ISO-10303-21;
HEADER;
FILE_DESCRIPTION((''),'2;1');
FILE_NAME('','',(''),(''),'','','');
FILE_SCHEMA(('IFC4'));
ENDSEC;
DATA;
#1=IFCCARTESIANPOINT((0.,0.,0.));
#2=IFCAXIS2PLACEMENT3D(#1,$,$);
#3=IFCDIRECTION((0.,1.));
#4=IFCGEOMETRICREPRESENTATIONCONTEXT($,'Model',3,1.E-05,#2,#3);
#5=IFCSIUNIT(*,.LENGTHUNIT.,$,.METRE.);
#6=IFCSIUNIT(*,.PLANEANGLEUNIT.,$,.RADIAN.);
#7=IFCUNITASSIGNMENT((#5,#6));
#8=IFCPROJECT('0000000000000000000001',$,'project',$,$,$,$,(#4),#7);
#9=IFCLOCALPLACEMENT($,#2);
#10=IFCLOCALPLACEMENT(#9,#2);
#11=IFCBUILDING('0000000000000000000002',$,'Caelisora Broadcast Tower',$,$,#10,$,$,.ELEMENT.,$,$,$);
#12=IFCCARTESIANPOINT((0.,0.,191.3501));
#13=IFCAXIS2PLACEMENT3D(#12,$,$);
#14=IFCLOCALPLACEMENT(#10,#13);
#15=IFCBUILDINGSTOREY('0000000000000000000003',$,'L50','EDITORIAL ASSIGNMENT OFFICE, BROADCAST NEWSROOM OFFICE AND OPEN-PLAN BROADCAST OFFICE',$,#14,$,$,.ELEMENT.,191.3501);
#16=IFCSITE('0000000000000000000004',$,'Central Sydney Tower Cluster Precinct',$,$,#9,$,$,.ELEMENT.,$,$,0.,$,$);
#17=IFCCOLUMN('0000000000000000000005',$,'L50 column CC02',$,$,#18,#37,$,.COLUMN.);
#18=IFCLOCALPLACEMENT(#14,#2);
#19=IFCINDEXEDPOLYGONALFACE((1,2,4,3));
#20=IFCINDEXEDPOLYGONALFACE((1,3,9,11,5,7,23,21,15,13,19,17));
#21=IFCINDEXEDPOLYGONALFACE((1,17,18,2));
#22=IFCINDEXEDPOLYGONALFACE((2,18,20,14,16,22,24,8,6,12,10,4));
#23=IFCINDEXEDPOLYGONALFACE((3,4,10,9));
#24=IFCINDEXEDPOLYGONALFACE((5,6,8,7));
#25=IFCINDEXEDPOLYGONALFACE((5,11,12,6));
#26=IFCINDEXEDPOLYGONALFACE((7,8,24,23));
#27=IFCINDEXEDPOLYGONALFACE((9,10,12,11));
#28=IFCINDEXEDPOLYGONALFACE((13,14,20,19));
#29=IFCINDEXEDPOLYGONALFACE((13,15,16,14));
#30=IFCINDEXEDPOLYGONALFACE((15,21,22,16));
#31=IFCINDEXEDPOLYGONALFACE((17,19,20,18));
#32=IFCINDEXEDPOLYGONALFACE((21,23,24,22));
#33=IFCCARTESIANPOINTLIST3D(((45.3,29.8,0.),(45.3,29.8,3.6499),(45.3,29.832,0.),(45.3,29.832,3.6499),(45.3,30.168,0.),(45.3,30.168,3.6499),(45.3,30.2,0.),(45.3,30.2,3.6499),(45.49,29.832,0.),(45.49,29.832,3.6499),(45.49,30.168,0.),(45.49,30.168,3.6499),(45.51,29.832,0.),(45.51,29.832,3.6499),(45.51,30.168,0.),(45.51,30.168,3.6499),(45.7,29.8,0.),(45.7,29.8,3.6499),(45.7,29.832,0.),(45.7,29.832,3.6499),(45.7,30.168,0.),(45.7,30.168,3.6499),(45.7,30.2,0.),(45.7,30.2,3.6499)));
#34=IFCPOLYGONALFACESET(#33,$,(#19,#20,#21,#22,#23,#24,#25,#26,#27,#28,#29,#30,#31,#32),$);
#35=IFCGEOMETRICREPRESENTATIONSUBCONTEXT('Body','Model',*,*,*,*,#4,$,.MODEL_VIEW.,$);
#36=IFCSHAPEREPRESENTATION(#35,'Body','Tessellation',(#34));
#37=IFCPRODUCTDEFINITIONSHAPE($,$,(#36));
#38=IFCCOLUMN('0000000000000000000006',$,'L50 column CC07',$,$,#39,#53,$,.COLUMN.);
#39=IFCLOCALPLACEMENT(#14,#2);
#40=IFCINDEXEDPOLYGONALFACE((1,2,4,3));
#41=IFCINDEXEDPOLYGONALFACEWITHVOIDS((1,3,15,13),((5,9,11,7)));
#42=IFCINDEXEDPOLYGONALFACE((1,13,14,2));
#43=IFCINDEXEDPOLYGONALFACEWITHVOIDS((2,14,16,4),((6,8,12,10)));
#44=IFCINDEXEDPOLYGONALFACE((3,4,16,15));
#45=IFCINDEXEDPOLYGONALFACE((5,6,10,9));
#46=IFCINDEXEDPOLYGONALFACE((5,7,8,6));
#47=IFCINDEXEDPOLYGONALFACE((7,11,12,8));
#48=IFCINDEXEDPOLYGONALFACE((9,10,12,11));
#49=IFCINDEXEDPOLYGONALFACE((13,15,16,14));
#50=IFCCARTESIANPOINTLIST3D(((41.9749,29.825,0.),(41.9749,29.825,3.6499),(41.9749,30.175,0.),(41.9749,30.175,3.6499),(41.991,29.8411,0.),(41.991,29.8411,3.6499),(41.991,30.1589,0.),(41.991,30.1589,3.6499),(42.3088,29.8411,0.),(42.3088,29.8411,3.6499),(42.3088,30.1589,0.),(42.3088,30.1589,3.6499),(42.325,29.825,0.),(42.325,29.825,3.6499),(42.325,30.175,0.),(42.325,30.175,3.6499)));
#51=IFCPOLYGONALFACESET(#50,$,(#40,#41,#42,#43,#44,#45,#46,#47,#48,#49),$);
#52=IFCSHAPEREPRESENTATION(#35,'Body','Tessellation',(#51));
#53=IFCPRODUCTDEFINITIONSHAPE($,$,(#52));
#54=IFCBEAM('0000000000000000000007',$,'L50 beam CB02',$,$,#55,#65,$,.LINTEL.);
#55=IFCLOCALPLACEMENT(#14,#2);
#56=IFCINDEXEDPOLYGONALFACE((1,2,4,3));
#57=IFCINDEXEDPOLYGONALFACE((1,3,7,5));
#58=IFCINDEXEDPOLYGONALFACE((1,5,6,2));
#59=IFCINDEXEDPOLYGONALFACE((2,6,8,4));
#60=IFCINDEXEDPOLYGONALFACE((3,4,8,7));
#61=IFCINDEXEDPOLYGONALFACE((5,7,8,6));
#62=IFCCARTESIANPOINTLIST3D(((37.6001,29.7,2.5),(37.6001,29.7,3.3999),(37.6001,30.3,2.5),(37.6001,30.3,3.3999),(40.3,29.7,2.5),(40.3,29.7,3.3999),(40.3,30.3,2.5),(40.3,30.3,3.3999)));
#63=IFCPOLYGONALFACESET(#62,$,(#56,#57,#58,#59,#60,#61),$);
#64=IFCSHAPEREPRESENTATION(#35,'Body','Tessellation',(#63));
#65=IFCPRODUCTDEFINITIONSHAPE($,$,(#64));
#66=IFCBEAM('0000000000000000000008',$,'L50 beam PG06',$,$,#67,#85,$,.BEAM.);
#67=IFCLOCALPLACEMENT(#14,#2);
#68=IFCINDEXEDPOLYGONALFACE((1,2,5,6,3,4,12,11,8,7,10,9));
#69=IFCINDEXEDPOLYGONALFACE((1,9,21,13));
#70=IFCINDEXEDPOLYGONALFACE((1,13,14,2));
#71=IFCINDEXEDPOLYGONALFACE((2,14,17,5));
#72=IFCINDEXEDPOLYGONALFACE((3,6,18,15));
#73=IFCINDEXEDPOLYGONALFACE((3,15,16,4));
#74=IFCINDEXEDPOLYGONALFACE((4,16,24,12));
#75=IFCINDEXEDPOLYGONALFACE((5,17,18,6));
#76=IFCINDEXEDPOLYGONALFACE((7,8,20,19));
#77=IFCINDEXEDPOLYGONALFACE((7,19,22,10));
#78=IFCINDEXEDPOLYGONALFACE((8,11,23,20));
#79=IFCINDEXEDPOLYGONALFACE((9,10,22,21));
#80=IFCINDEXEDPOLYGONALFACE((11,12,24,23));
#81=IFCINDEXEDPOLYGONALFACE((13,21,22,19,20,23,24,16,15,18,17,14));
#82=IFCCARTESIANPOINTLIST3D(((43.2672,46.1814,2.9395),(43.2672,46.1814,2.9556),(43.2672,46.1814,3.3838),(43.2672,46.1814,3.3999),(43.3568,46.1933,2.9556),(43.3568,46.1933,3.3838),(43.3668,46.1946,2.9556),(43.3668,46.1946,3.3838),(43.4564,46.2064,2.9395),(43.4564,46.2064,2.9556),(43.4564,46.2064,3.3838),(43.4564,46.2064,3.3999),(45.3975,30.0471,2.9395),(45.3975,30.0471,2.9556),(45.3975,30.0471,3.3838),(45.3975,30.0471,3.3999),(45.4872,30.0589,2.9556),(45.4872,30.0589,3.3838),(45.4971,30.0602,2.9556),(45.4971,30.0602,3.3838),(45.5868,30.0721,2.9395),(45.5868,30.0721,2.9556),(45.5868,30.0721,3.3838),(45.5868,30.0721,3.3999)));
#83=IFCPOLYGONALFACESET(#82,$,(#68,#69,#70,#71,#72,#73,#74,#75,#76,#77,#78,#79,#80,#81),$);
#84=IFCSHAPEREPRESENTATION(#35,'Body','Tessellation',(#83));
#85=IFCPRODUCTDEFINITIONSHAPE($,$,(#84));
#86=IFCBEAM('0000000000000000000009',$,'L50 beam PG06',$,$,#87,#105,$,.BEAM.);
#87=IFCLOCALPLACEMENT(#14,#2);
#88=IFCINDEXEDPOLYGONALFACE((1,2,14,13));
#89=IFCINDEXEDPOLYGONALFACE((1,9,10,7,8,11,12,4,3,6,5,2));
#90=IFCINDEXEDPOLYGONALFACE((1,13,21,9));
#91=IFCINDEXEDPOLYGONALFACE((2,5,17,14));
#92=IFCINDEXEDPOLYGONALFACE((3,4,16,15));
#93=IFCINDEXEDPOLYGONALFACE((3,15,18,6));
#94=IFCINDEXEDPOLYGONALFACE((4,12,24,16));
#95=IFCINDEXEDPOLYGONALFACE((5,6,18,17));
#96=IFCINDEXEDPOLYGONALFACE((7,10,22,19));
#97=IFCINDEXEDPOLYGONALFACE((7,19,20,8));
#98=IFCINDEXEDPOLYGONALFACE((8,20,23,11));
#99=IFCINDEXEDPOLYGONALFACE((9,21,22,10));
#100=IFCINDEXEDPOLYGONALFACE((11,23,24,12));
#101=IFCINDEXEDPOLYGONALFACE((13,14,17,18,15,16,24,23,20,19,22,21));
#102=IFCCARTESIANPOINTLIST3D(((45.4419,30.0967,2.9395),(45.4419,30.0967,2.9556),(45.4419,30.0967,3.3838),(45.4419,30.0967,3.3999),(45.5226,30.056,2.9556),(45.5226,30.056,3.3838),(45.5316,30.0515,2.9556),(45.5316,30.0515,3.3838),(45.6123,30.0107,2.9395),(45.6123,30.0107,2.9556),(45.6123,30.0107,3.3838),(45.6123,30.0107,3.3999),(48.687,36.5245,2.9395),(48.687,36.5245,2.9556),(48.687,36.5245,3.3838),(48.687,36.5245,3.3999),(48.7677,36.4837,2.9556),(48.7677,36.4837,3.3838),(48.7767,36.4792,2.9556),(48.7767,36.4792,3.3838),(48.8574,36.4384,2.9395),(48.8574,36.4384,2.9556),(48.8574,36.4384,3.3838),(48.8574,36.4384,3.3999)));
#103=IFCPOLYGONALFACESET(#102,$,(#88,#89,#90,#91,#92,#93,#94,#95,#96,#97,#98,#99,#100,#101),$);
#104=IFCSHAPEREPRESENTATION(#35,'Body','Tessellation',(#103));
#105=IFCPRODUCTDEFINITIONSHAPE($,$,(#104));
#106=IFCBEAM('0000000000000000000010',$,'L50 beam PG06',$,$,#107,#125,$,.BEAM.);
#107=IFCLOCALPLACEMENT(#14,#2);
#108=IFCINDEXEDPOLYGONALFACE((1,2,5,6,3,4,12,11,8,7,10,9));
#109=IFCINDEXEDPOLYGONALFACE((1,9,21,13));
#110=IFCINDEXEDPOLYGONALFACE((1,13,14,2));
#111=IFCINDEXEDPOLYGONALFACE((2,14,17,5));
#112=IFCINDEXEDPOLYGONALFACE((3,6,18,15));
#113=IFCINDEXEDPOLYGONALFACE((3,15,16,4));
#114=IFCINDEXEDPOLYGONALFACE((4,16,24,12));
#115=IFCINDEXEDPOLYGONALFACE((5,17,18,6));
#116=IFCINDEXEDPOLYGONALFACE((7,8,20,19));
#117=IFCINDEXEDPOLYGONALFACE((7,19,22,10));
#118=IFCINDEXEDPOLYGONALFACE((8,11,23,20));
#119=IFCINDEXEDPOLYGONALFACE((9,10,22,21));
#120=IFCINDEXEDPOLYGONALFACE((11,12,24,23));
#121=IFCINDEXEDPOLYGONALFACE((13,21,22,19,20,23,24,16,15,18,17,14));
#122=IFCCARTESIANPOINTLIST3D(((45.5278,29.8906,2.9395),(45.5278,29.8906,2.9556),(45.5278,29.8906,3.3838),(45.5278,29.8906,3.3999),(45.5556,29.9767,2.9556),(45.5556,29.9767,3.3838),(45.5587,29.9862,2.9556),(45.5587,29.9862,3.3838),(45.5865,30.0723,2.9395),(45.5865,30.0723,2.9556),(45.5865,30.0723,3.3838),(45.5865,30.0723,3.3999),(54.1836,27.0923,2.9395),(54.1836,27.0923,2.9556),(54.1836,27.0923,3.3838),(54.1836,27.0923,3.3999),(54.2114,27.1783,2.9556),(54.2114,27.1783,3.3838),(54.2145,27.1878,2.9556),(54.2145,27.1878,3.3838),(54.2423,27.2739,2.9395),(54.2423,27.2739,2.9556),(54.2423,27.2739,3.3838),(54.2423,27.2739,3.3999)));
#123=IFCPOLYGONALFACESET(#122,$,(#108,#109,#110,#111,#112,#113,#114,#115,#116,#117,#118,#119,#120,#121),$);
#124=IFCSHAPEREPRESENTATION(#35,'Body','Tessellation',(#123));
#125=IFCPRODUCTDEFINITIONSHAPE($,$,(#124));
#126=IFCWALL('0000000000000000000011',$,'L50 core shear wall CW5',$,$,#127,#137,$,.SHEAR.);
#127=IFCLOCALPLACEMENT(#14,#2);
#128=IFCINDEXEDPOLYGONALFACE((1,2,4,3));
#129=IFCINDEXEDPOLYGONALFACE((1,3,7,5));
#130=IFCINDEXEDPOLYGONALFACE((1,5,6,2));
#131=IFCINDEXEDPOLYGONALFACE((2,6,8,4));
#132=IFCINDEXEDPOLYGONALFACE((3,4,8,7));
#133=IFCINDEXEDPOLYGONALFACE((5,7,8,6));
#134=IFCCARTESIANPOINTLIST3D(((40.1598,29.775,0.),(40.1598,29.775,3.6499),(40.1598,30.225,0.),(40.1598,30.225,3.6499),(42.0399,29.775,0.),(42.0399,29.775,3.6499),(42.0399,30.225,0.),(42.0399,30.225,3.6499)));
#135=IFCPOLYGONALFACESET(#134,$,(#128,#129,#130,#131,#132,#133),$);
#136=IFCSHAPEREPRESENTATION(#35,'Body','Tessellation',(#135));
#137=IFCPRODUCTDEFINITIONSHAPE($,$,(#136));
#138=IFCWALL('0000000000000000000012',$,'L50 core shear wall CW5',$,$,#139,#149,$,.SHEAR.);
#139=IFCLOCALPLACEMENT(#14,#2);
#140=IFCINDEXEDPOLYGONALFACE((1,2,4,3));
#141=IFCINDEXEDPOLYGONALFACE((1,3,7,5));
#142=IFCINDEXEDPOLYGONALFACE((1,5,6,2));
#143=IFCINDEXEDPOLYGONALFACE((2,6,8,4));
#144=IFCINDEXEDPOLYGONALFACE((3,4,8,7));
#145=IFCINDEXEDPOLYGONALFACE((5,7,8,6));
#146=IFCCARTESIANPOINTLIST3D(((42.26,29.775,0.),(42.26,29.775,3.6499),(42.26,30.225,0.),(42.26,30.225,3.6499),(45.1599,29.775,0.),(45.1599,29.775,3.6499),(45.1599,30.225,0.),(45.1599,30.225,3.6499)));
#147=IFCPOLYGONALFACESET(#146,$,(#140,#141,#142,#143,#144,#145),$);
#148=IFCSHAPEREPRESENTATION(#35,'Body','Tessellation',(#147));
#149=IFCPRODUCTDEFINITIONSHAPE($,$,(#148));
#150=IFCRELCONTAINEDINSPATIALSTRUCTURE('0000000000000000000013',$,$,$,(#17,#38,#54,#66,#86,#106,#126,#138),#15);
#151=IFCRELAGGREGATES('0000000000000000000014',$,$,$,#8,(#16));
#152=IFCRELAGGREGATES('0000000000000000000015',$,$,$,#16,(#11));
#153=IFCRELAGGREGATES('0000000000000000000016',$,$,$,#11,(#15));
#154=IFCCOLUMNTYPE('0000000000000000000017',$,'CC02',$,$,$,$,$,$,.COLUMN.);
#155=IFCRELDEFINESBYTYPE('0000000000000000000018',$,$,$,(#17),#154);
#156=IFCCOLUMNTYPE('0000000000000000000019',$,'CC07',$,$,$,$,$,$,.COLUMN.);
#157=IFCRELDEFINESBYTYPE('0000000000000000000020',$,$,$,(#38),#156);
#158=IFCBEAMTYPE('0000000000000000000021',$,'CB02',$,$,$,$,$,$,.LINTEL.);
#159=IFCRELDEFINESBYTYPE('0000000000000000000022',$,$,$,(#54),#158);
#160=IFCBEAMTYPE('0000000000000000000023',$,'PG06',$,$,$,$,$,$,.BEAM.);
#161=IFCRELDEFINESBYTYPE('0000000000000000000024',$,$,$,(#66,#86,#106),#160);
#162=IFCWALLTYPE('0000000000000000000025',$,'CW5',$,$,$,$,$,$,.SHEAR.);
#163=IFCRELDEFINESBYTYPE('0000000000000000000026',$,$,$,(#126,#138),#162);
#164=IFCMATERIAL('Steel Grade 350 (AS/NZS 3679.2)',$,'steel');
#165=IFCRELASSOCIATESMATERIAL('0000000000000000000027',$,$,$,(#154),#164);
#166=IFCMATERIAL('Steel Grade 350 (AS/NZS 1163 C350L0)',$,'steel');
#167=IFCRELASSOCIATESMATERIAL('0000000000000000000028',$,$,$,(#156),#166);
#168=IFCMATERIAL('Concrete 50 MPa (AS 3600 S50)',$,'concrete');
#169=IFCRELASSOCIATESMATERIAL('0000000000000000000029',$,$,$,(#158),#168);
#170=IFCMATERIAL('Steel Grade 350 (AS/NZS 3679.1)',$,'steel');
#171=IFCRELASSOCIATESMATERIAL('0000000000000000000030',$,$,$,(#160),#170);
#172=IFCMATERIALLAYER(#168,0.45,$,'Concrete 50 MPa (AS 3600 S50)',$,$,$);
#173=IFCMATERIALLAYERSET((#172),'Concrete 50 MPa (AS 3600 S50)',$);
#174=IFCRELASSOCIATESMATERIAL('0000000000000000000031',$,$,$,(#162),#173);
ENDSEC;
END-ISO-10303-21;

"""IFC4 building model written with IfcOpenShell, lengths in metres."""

from ifc_helpers import new_model, si_unit, direction, frame, frame_2d, origin, origin_2d, place, context, subcontext, project, spatial, rectangle, hollow_rectangle, i_section, extrude, source, transform, mapped, material, layer, layer_set, material_profile, profile_set, type_object, type_shapes, element, save


model = new_model("IFC4")

# Units and contexts
model_context = context("Model", 3, precision=1e-05, world=origin(), true_north=direction((0.0, 1.0)))
body_context = subcontext(model_context, "Body", "Model", "MODEL_VIEW")
ifc_project = project(units=[si_unit("LENGTHUNIT", "METRE"), si_unit("PLANEANGLEUNIT", "RADIAN")], contexts=[model_context])

# Site, building, storey
site_placement = place(None, origin())
site = spatial("IfcSite", under=ifc_project, at=site_placement, Name="Central Sydney Tower Cluster Precinct", CompositionType="ELEMENT", RefElevation=0.0)
building_placement = place(site_placement, origin())
building = spatial("IfcBuilding", under=site, at=building_placement, Name="Caelisora Broadcast Tower", CompositionType="ELEMENT")
storey_placement = place(building_placement, frame((0.0, 0.0, 191.3501)))
storey = spatial("IfcBuildingStorey", under=building, at=storey_placement, Name="L50", Description="EDITORIAL ASSIGNMENT OFFICE, BROADCAST NEWSROOM OFFICE AND OPEN-PLAN BROADCAST OFFICE", CompositionType="ELEMENT", Elevation=191.3501)

# Columns
ifc_material_1 = material(Name="Steel Grade 350 (AS/NZS 3679.2)", Category="steel")
ifc_material_profile_1 = material_profile(ifc_material_1, i_section(OverallWidth=0.3999, OverallDepth=0.3999, WebThickness=0.02, FlangeThickness=0.032, at=origin_2d()), Name="Steel Grade 350 (AS/NZS 3679.2)")
ifc_profile_set_1 = profile_set([ifc_material_profile_1], Name="Steel Grade 350 (AS/NZS 3679.2)")
column_type_1 = type_object("IfcColumnType", Name="CC02", PredefinedType="COLUMN", material=ifc_profile_set_1)
shared_shape_1 = source(origin(), body_context, "Body", "SweptSolid", [
    extrude(i_section(OverallWidth=0.3999, OverallDepth=0.3999, WebThickness=0.02, FlangeThickness=0.032, at=origin_2d()), origin(), (0.0, 0.0, 1.0), 3.6499),
])
type_shapes(column_type_1, [shared_shape_1])
column_1_placement = place(storey_placement, frame((45.5, 30.0, 0.0), z_axis=(0.0, 0.0, 1.0), x_axis=(1.0, 0.0, 0.0)))
element("IfcColumn", 1, at=column_1_placement, inside=storey, type_object=column_type_1, Name="L50 column CC02", PredefinedType="COLUMN", context=body_context, shape_type="MappedRepresentation", body=[
    mapped(shared_shape_1, transform((0.0, 0.0, 0.0), scale=1.0)),
])
ifc_material_2 = material(Name="Steel Grade 350 (AS/NZS 1163 C350L0)", Category="steel")
ifc_material_profile_2 = material_profile(ifc_material_2, hollow_rectangle(XDim=0.3501, YDim=0.3501, WallThickness=0.0161, at=origin_2d()), Name="Steel Grade 350 (AS/NZS 1163 C350L0)")
ifc_profile_set_2 = profile_set([ifc_material_profile_2], Name="Steel Grade 350 (AS/NZS 1163 C350L0)")
column_type_2 = type_object("IfcColumnType", Name="CC07", PredefinedType="COLUMN", material=ifc_profile_set_2)
shared_shape_2 = source(origin(), body_context, "Body", "SweptSolid", [
    extrude(hollow_rectangle(XDim=0.3501, YDim=0.3501, WallThickness=0.0161, at=origin_2d()), origin(), (0.0, 0.0, 1.0), 3.6499),
])
type_shapes(column_type_2, [shared_shape_2])
column_2_placement = place(storey_placement, frame((42.1499, 30.0, 0.0), z_axis=(0.0, 0.0, 1.0), x_axis=(1.0, 0.0, 0.0)))
element("IfcColumn", 2, at=column_2_placement, inside=storey, type_object=column_type_2, Name="L50 column CC07", PredefinedType="COLUMN", context=body_context, shape_type="MappedRepresentation", body=[
    mapped(shared_shape_2, transform((0.0, 0.0, 0.0), scale=1.0)),
])

# Beams
ifc_material_3 = material(Name="Concrete 50 MPa (AS 3600 S50)", Category="concrete")
ifc_material_profile_3 = material_profile(ifc_material_3, rectangle(XDim=0.6001, YDim=0.8999, at=origin_2d()), Name="Concrete 50 MPa (AS 3600 S50)")
ifc_profile_set_3 = profile_set([ifc_material_profile_3], Name="Concrete 50 MPa (AS 3600 S50)")
beam_type_1 = type_object("IfcBeamType", Name="CB02", PredefinedType="LINTEL", material=ifc_profile_set_3)
shared_shape_3 = source(origin(), body_context, "Body", "SweptSolid", [
    extrude(rectangle(XDim=0.6001, YDim=0.8999, at=origin_2d()), origin(), (0.0, 0.0, 1.0), 2.7),
])
type_shapes(beam_type_1, [shared_shape_3])
beam_1_placement = place(storey_placement, frame((37.6001, 30.0, 2.95), z_axis=(1.0, 0.0, 0.0), x_axis=(0.0, 1.0, 0.0)))
element("IfcBeam", 3, at=beam_1_placement, inside=storey, type_object=beam_type_1, Name="L50 beam CB02", PredefinedType="LINTEL", context=body_context, shape_type="MappedRepresentation", body=[
    mapped(shared_shape_3, transform((0.0, 0.0, 0.0), scale=1.0)),
])
ifc_material_4 = material(Name="Steel Grade 350 (AS/NZS 3679.1)", Category="steel")
ifc_material_profile_4 = material_profile(ifc_material_4, i_section(OverallWidth=0.1909, OverallDepth=0.4604, WebThickness=0.01, FlangeThickness=0.0161, at=origin_2d()), Name="Steel Grade 350 (AS/NZS 3679.1)")
ifc_profile_set_4 = profile_set([ifc_material_profile_4], Name="Steel Grade 350 (AS/NZS 3679.1)")
beam_type_2 = type_object("IfcBeamType", Name="PG06", PredefinedType="BEAM", material=ifc_profile_set_4)
shared_shape_4 = source(origin(), body_context, "Body", "SweptSolid", [
    extrude(i_section(OverallWidth=0.1909, OverallDepth=0.4604, WebThickness=0.01, FlangeThickness=0.0161, at=origin_2d()), origin(), (0.0, 0.0, 1.0), 16.2744),
])
beam_2_placement = place(storey_placement, frame((45.4922, 30.0596, 3.1697), z_axis=(-0.130904, 0.991395, 0.0), x_axis=(-0.991395, -0.130904, 0.0)))
element("IfcBeam", 4, at=beam_2_placement, inside=storey, type_object=beam_type_2, Name="L50 beam PG06", PredefinedType="BEAM", context=body_context, shape_type="MappedRepresentation", body=[
    mapped(shared_shape_4, transform((0.0, 0.0, 0.0), scale=1.0)),
])
shared_shape_5 = source(origin(), body_context, "Body", "SweptSolid", [
    extrude(i_section(OverallWidth=0.1909, OverallDepth=0.4604, WebThickness=0.01, FlangeThickness=0.0161, at=origin_2d()), origin(), (0.0, 0.0, 1.0), 7.2004),
])
beam_3_placement = place(storey_placement, frame((45.5271, 30.0537, 3.1697), z_axis=(0.450682, 0.892684, 0.0), x_axis=(-0.892684, 0.450682, 0.0)))
element("IfcBeam", 5, at=beam_3_placement, inside=storey, type_object=beam_type_2, Name="L50 beam PG06", PredefinedType="BEAM", context=body_context, shape_type="MappedRepresentation", body=[
    mapped(shared_shape_5, transform((0.0, 0.0, 0.0), scale=1.0)),
])
shared_shape_6 = source(origin(), body_context, "Body", "SweptSolid", [
    extrude(i_section(OverallWidth=0.1909, OverallDepth=0.4604, WebThickness=0.01, FlangeThickness=0.0161, at=origin_2d()), origin(), (0.0, 0.0, 1.0), 9.0969),
])
type_shapes(beam_type_2, [shared_shape_4, shared_shape_5, shared_shape_6])
beam_4_placement = place(storey_placement, frame((45.5571, 29.9814, 3.1697), z_axis=(0.951511, -0.307616, 0.0), x_axis=(0.307616, 0.951511, 0.0)))
element("IfcBeam", 6, at=beam_4_placement, inside=storey, type_object=beam_type_2, Name="L50 beam PG06", PredefinedType="BEAM", context=body_context, shape_type="MappedRepresentation", body=[
    mapped(shared_shape_6, transform((0.0, 0.0, 0.0), scale=1.0)),
])

# Walls
ifc_layer_1 = layer(ifc_material_3, 0.45, Name="Concrete 50 MPa (AS 3600 S50)")
ifc_layer_set_1 = layer_set([ifc_layer_1], Name="Concrete 50 MPa (AS 3600 S50)")
wall_type_1 = type_object("IfcWallType", Name="CW5", PredefinedType="SHEAR", material=ifc_layer_set_1)
wall_1_placement = place(storey_placement, frame((40.1599, 30.0, 0.0), z_axis=(0.0, 0.0, 1.0), x_axis=(1.0, 0.0, 0.0)))
element("IfcWall", 7, at=wall_1_placement, inside=storey, type_object=wall_type_1, Name="L50 core shear wall CW5", PredefinedType="SHEAR", context=body_context, shape_type="SweptSolid", body=[
    extrude(rectangle(XDim=1.8801, YDim=0.45, at=frame_2d((0.9399, 0.0))), origin(), (0.0, 0.0, 1.0), 3.6499),
])
wall_2_placement = place(storey_placement, frame((42.26, 30.0, 0.0), z_axis=(0.0, 0.0, 1.0), x_axis=(1.0, 0.0, 0.0)))
element("IfcWall", 8, at=wall_2_placement, inside=storey, type_object=wall_type_1, Name="L50 core shear wall CW5", PredefinedType="SHEAR", context=body_context, shape_type="SweptSolid", body=[
    extrude(rectangle(XDim=2.8999, YDim=0.45, at=frame_2d((1.45, 0.0))), origin(), (0.0, 0.0, 1.0), 3.6499),
])

save(model, "model.ifc")
